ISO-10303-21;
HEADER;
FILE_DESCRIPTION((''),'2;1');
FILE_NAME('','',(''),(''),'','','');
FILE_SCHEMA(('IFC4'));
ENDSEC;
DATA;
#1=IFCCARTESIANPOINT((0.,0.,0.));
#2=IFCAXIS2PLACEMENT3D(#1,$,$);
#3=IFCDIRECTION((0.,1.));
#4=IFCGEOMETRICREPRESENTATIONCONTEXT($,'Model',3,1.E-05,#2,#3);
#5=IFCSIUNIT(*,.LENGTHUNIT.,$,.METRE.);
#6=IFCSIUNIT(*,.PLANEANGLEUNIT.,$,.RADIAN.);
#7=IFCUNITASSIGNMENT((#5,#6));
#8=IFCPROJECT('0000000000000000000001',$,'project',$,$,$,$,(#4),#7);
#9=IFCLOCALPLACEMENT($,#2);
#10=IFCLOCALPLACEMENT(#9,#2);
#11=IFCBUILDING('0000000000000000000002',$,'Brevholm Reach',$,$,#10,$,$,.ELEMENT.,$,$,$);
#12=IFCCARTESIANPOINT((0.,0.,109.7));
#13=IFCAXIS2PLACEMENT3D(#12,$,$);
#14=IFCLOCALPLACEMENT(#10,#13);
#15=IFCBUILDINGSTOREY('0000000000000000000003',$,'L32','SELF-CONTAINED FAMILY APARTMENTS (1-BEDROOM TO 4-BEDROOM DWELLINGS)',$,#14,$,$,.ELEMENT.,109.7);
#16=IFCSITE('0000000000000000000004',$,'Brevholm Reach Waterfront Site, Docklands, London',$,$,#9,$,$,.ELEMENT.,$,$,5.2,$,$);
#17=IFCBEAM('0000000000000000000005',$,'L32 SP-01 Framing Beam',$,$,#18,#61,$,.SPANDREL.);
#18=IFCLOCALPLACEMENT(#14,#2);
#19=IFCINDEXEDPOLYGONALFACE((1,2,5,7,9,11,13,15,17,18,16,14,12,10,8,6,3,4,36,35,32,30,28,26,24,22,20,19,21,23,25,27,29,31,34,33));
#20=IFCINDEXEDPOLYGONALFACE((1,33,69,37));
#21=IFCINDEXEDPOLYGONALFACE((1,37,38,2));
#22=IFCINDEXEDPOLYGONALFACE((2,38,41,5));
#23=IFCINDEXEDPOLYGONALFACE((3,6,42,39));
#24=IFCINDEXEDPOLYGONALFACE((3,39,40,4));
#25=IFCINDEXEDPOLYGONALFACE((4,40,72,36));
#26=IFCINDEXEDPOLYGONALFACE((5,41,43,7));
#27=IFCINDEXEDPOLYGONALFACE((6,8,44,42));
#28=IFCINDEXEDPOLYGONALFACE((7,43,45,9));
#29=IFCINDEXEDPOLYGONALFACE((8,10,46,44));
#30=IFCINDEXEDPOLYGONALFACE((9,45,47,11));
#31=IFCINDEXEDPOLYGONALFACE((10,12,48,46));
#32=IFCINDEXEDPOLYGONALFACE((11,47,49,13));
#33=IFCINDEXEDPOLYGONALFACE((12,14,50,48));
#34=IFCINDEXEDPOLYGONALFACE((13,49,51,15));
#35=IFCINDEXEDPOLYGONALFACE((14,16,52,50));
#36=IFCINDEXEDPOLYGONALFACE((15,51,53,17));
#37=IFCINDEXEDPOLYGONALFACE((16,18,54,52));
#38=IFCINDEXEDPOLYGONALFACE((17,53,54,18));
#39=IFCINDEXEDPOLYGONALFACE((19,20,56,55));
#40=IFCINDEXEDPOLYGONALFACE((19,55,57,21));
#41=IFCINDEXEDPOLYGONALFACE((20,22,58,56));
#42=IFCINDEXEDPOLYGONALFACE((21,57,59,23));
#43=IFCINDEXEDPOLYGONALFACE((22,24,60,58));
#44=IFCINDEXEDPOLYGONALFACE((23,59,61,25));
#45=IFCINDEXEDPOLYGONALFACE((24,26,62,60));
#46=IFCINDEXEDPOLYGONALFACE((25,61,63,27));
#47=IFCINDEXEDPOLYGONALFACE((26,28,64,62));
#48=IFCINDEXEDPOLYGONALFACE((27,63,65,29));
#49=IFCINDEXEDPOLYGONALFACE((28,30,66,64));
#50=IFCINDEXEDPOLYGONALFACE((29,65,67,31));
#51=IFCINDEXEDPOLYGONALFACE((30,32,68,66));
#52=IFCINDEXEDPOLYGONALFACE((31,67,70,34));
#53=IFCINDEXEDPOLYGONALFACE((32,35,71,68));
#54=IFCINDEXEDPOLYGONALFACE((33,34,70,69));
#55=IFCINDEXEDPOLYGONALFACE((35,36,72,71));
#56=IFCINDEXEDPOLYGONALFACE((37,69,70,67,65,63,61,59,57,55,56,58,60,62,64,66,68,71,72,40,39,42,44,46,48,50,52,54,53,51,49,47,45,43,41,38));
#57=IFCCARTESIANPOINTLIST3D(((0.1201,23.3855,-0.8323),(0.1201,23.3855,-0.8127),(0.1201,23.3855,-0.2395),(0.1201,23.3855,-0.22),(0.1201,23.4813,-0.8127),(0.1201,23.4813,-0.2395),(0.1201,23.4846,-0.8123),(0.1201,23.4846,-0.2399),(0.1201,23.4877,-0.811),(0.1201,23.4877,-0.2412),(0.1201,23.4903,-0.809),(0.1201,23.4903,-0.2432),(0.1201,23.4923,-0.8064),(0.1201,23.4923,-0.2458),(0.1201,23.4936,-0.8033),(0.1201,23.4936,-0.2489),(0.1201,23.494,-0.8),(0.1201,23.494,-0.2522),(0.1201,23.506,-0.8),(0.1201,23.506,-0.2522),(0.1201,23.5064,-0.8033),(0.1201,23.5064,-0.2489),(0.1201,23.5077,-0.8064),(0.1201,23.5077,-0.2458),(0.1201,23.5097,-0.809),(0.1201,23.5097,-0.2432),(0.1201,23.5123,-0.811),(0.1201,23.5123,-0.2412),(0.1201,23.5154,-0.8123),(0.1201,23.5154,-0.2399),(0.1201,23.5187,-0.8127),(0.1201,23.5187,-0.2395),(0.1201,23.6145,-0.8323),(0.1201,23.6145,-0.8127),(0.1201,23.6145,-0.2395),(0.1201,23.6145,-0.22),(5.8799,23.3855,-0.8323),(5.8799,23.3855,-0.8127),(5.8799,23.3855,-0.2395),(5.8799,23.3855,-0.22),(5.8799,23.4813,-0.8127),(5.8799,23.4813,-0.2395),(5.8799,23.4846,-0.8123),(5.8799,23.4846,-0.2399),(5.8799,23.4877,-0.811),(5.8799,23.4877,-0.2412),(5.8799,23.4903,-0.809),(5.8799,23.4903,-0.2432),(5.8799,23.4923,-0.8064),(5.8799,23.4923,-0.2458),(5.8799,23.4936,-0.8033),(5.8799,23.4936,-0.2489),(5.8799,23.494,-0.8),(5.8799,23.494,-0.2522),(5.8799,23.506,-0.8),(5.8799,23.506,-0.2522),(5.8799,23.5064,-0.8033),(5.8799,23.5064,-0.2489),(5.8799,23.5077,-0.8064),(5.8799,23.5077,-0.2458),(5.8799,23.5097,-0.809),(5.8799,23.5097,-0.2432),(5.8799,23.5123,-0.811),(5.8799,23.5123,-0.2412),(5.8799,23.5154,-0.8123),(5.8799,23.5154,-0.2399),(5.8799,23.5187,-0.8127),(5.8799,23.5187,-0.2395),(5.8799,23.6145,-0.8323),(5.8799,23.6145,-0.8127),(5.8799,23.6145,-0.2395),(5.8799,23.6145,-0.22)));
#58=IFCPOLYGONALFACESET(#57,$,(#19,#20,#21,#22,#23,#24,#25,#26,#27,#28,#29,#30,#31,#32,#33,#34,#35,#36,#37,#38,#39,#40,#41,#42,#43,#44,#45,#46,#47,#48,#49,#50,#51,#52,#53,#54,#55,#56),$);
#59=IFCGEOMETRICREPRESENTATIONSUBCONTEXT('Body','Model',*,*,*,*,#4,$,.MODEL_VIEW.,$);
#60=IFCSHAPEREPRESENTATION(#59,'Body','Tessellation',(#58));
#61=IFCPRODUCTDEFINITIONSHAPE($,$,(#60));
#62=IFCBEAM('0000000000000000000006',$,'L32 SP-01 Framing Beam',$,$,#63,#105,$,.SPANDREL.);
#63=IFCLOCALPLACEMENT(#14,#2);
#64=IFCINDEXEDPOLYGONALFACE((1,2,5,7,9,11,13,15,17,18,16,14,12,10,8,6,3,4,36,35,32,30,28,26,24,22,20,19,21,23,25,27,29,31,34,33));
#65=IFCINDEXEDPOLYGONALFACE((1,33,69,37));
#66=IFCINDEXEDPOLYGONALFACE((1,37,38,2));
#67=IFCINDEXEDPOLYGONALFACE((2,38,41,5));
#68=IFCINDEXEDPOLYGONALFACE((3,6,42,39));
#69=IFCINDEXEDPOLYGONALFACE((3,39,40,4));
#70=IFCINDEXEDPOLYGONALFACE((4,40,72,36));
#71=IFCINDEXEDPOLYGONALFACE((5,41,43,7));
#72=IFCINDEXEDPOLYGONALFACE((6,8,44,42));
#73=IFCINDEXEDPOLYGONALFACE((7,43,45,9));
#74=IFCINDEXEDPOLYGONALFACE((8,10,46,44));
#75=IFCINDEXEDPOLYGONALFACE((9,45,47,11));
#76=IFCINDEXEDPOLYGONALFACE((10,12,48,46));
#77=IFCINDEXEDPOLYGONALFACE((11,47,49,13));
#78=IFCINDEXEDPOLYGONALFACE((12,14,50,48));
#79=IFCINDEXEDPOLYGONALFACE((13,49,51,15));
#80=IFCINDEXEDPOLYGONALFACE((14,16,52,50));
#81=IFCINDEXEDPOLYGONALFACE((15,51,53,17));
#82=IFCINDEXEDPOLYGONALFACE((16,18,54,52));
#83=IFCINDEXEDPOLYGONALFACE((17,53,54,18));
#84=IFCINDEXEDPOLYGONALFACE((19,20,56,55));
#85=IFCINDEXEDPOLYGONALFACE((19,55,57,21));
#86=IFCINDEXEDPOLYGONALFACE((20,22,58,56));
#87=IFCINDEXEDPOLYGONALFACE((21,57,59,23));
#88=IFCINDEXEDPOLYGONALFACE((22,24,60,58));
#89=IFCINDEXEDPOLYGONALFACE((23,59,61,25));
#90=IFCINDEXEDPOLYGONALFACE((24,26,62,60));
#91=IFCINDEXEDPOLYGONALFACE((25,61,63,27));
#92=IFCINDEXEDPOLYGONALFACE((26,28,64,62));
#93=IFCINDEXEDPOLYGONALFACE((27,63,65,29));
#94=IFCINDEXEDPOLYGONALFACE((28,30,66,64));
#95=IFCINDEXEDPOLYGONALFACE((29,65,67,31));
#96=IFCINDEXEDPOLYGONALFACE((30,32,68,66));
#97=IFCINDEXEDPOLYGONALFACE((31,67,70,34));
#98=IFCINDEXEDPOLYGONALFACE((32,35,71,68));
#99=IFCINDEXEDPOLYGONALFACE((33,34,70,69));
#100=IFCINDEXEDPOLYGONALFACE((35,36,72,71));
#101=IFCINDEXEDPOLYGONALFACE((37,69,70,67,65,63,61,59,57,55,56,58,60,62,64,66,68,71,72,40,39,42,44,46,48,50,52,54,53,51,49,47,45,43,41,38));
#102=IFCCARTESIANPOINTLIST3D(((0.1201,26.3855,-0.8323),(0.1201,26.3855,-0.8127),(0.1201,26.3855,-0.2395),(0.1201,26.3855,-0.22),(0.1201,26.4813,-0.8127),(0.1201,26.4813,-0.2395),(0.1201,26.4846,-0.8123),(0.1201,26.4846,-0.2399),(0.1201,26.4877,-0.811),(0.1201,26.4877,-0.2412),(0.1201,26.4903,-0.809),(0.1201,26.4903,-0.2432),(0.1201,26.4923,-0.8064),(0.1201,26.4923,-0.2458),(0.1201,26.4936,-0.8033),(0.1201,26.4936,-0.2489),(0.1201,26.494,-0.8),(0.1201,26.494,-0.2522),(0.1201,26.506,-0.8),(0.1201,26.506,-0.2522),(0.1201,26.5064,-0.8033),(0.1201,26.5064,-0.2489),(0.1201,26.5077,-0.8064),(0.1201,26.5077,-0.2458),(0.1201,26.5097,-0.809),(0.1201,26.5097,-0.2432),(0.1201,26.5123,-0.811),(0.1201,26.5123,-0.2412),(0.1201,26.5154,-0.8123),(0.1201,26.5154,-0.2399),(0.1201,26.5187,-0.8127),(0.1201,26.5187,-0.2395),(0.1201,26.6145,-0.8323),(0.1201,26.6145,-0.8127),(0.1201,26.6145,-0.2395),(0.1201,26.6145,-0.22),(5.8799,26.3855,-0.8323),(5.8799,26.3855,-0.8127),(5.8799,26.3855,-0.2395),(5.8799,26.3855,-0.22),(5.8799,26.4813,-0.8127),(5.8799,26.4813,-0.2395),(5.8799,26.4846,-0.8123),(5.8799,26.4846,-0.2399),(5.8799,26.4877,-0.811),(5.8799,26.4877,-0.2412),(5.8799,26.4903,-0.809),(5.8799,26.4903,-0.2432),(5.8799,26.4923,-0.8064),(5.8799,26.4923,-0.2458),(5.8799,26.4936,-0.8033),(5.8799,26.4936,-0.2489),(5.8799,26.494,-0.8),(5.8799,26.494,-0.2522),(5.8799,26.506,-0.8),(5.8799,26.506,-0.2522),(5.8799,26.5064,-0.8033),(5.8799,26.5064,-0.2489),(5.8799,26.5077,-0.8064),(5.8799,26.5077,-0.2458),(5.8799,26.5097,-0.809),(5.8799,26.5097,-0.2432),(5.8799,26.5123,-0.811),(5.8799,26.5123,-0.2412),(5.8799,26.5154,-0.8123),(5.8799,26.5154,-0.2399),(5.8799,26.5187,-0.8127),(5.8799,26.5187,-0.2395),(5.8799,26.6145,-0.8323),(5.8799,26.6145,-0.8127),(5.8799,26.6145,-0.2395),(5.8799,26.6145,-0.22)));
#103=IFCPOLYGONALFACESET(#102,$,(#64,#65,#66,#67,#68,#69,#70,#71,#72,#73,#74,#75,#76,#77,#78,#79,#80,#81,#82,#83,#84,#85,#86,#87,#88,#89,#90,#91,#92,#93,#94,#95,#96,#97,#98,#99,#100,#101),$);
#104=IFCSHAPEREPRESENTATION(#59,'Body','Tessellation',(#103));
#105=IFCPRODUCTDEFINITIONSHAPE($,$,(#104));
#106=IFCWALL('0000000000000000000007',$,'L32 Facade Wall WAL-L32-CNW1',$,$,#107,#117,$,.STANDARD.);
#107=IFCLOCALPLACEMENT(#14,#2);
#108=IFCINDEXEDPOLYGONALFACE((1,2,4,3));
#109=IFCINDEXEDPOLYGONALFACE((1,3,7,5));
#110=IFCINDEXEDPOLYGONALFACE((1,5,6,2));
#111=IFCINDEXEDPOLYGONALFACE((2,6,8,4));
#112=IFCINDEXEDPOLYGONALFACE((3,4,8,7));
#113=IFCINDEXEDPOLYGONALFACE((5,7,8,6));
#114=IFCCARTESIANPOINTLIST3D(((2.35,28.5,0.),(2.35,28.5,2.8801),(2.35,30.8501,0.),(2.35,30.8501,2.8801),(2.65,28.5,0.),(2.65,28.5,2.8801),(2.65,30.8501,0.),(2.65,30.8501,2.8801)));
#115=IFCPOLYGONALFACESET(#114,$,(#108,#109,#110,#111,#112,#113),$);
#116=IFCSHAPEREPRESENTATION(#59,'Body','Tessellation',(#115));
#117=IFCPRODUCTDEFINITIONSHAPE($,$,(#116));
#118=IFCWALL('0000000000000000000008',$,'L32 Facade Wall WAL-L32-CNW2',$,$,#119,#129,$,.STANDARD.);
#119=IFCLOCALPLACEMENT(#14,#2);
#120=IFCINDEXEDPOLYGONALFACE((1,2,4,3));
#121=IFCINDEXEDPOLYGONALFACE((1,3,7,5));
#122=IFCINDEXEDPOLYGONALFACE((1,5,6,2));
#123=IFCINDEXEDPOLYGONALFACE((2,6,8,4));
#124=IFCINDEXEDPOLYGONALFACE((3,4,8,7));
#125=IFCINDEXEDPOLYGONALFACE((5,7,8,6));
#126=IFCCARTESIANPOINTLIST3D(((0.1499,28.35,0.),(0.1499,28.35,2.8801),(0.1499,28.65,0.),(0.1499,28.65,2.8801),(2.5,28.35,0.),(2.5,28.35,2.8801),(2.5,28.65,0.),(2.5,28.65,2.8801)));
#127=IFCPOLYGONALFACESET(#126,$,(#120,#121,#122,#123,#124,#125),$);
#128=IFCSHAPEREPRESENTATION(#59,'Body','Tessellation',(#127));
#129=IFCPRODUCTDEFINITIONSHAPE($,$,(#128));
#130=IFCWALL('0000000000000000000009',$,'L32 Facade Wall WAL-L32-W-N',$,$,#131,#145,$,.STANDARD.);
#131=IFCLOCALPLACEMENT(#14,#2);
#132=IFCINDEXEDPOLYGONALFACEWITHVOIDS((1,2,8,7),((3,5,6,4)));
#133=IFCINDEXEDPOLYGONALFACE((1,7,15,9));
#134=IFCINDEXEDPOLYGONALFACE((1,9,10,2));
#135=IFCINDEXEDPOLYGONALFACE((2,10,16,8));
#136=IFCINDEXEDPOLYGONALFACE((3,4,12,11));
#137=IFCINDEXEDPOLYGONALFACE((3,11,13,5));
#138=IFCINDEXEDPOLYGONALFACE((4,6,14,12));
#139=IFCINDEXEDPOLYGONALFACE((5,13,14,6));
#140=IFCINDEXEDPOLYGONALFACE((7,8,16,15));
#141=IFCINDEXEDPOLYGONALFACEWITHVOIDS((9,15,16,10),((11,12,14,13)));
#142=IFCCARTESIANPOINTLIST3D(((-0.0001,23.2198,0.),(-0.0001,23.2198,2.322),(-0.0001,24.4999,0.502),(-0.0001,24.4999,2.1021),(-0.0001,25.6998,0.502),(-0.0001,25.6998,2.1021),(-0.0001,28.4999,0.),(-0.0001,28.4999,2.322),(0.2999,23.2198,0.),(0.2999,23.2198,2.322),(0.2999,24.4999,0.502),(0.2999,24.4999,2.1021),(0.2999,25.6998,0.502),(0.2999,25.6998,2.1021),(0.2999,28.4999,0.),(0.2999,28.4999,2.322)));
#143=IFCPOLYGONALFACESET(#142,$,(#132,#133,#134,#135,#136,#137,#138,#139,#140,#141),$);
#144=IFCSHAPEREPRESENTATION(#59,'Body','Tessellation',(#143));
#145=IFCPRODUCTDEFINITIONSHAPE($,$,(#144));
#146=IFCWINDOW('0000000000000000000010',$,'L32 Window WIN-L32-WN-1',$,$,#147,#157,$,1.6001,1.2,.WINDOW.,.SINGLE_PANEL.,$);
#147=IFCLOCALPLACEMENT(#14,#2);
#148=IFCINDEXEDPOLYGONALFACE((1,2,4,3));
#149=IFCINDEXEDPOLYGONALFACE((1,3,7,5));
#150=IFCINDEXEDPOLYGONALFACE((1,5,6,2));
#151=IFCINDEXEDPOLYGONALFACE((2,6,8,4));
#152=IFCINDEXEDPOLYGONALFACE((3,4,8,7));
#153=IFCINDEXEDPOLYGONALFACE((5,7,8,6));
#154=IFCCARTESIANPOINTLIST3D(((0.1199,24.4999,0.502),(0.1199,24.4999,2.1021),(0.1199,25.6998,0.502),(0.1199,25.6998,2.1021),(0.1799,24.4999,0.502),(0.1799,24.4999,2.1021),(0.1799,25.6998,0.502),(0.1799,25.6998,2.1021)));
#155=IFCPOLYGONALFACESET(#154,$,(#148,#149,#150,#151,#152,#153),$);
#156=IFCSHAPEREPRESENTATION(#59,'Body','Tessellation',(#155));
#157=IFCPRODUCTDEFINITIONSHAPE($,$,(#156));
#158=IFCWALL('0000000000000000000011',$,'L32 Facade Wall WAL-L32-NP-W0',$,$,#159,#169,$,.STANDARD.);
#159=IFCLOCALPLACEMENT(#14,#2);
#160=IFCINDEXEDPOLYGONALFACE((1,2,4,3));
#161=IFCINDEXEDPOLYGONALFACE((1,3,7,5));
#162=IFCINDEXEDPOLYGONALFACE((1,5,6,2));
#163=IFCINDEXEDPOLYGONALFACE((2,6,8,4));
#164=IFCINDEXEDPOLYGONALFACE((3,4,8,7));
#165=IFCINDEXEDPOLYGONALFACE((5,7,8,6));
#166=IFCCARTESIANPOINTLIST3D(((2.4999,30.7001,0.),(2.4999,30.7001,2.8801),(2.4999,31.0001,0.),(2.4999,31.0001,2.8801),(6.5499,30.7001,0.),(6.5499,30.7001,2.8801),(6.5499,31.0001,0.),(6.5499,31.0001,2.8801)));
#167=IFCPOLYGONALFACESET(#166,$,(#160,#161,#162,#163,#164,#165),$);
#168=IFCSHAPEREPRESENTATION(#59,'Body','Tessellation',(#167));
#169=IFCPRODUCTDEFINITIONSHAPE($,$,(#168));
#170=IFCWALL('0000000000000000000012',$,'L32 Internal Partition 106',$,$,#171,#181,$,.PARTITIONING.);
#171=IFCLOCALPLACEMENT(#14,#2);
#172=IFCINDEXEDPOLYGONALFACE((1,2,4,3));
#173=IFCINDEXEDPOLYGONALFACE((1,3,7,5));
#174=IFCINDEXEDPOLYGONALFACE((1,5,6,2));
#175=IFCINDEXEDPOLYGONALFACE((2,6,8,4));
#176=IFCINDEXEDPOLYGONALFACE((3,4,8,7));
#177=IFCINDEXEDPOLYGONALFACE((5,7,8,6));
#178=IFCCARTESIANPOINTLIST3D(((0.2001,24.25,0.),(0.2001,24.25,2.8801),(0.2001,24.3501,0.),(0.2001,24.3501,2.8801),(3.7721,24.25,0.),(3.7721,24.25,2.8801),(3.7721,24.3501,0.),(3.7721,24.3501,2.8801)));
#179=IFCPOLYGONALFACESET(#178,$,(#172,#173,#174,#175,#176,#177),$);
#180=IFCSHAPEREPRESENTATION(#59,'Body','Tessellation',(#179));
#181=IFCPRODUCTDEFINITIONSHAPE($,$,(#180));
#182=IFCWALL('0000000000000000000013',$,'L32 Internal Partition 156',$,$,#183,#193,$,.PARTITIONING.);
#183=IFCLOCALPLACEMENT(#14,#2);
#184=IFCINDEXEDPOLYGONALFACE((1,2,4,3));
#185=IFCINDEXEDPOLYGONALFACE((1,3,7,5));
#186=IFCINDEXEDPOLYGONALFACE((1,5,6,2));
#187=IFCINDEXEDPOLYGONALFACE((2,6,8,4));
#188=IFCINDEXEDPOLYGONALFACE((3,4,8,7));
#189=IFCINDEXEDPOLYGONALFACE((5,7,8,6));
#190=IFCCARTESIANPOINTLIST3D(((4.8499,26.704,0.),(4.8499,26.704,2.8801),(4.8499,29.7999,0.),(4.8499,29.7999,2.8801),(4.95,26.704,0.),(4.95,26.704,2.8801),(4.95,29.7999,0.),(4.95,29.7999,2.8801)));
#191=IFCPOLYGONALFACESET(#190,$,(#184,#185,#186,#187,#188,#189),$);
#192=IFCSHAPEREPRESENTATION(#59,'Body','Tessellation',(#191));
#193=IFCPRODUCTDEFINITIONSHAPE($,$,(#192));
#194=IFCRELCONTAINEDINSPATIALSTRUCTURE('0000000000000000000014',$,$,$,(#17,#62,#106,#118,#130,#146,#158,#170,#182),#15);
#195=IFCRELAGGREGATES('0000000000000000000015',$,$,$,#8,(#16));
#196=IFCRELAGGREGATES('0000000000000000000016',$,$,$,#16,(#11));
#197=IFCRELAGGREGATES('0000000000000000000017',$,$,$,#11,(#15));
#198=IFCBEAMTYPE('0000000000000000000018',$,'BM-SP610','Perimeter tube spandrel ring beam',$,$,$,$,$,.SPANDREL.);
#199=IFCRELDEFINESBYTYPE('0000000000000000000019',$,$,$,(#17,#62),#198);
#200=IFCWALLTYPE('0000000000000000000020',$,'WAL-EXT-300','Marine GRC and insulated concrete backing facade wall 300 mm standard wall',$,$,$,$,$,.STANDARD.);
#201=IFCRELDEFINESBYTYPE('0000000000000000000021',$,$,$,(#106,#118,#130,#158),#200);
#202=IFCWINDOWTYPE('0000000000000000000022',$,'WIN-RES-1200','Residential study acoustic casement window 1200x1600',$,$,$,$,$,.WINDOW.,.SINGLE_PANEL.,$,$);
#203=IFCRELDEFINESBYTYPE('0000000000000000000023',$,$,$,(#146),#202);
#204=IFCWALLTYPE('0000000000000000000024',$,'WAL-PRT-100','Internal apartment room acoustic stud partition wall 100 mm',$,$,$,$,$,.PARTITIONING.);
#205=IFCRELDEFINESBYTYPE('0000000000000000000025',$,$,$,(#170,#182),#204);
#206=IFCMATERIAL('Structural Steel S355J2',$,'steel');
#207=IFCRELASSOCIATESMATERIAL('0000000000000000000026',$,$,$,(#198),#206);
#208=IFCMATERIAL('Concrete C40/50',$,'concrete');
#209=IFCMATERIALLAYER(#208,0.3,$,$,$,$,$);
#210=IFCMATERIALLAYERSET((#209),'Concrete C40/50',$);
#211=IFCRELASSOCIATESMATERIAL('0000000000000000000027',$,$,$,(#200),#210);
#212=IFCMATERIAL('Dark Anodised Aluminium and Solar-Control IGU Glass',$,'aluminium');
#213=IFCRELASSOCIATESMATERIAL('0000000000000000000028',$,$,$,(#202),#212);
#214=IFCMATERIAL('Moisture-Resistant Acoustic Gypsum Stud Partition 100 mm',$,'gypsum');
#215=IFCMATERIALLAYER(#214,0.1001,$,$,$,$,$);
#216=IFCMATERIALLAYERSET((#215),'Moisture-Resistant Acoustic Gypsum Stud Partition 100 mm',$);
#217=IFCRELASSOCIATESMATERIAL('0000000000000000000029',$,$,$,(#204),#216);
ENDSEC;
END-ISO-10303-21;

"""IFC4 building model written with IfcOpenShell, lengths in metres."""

from ifc_helpers import new_model, si_unit, direction, frame, frame_2d, origin, origin_2d, place, context, subcontext, project, spatial, rectangle, i_section, extrude, material, layer, layer_set, material_profile, profile_set, type_object, element, fill, save


model = new_model("IFC4")

# Units and contexts
model_context = context("Model", 3, precision=1e-05, world=origin(), true_north=direction((0.0, 1.0)))
body_context = subcontext(model_context, "Body", "Model", "MODEL_VIEW")
ifc_project = project(units=[si_unit("LENGTHUNIT", "METRE"), si_unit("PLANEANGLEUNIT", "RADIAN")], contexts=[model_context])

# Site, building, storey
site_placement = place(None, origin())
site = spatial("IfcSite", under=ifc_project, at=site_placement, Name="Brevholm Reach Waterfront Site, Docklands, London", CompositionType="ELEMENT", RefElevation=5.2)
building_placement = place(site_placement, origin())
building = spatial("IfcBuilding", under=site, at=building_placement, Name="Brevholm Reach", CompositionType="ELEMENT")
storey_placement = place(building_placement, frame((0.0, 0.0, 109.7)))
storey = spatial("IfcBuildingStorey", under=building, at=storey_placement, Name="L32", Description="SELF-CONTAINED FAMILY APARTMENTS (1-BEDROOM TO 4-BEDROOM DWELLINGS)", CompositionType="ELEMENT", Elevation=109.7)

# Beams
ifc_material_1 = material(Name="Structural Steel S355J2", Category="steel")
ifc_material_profile_1 = material_profile(ifc_material_1, i_section(OverallWidth=0.229, OverallDepth=0.6123, WebThickness=0.012, FlangeThickness=0.0195, FilletRadius=0.0127, at=origin_2d()), Name="UKB 610x229x125")
ifc_profile_set_1 = profile_set([ifc_material_profile_1], Name="Structural Steel S355J2")
beam_type_1 = type_object("IfcBeamType", Name="BM-SP610", Description="Perimeter tube spandrel ring beam", PredefinedType="SPANDREL", material=ifc_profile_set_1)
for number, where, z_axis, x_axis, name in (
    (1, (0.1201, 23.5, -0.5261), (1.0, 0.0, 0.0), (0.0, 1.0, 0.0), "L32 SP-01 Framing Beam"),
    (2, (0.1201, 26.5, -0.5261), (1.0, 0.0, 0.0), (0.0, 1.0, 0.0), "L32 SP-01 Framing Beam"),
):
    element("IfcBeam", number, at=place(storey_placement, frame(where, z_axis=z_axis, x_axis=x_axis)), inside=storey, type_object=beam_type_1, Name=name, PredefinedType="SPANDREL", context=body_context, shape_type="SweptSolid", body=[
        extrude(i_section(OverallWidth=0.229, OverallDepth=0.6123, WebThickness=0.012, FlangeThickness=0.0195, FilletRadius=0.0127, at=origin_2d()), origin(), (0.0, 0.0, 1.0), 5.7598),
    ])

# Walls
ifc_material_2 = material(Name="Concrete C40/50", Category="concrete")
ifc_layer_1 = layer(ifc_material_2, 0.3)
ifc_layer_set_1 = layer_set([ifc_layer_1], Name="Concrete C40/50")
wall_type_1 = type_object("IfcWallType", Name="WAL-EXT-300", Description="Marine GRC and insulated concrete backing facade wall 300 mm standard wall", PredefinedType="STANDARD", material=ifc_layer_set_1)
for number, where, z_axis, x_axis, name in (
    (3, (2.5, 30.8501, 0.0), (0.0, 0.0, 1.0), (0.0, -1.0, 0.0), "L32 Facade Wall WAL-L32-CNW1"),
    (4, (2.5, 28.5, 0.0), (0.0, 0.0, 1.0), (-1.0, 0.0, 0.0), "L32 Facade Wall WAL-L32-CNW2"),
):
    element("IfcWall", number, at=place(storey_placement, frame(where, z_axis=z_axis, x_axis=x_axis)), inside=storey, type_object=wall_type_1, Name=name, PredefinedType="STANDARD", context=body_context, shape_type="SweptSolid", body=[
        extrude(rectangle(XDim=2.3501, YDim=0.3, at=frame_2d((1.175, 0.0))), origin(), (0.0, 0.0, 1.0), 2.8801),
    ])

# Wall, opening, window
wall_1_placement = place(storey_placement, frame((0.1499, 28.5, 0.0), z_axis=(0.0, 0.0, 1.0), x_axis=(0.0, -1.0, 0.0)))
wall_1 = element("IfcWall", 5, at=wall_1_placement, inside=storey, type_object=wall_type_1, Name="L32 Facade Wall WAL-L32-W-N", PredefinedType="STANDARD", context=body_context, shape_type="SweptSolid", body=[
    extrude(rectangle(XDim=5.28, YDim=0.3, at=frame_2d((2.6401, 0.0))), origin(), (0.0, 0.0, 1.0), 2.322),
])
opening_1_placement = place(wall_1_placement, frame((2.8, 0.0, 0.502)))
opening_1 = element("IfcOpeningElement", 6, at=opening_1_placement, cuts=wall_1, PredefinedType="OPENING", context=body_context, shape_type="SweptSolid", body=[
    extrude(rectangle(XDim=1.2, YDim=1.6001, at=frame_2d((0.6001, 0.8))), frame((0.0, 0.1599, 0.0), z_axis=(0.0, -1.0, 0.0), x_axis=(1.0, 0.0, 0.0)), (0.0, 0.0, 1.0), 0.3201),
])
ifc_material_3 = material(Name="Dark Anodised Aluminium and Solar-Control IGU Glass", Category="aluminium")
window_type = type_object("IfcWindowType", Name="WIN-RES-1200", Description="Residential study acoustic casement window 1200x1600", PartitioningType="SINGLE_PANEL", PredefinedType="WINDOW", material=ifc_material_3)
window_placement = place(opening_1_placement, origin())
window = element("IfcWindow", 7, at=window_placement, inside=storey, type_object=window_type, Name="L32 Window WIN-L32-WN-1", OverallHeight=1.6001, OverallWidth=1.2, PartitioningType="SINGLE_PANEL", PredefinedType="WINDOW", context=body_context, shape_type="SweptSolid", body=[
    extrude(rectangle(XDim=1.2, YDim=1.6001, at=frame_2d((0.6001, 0.8))), frame((0.0, 0.03, 0.0), z_axis=(0.0, -1.0, 0.0), x_axis=(1.0, 0.0, 0.0)), (0.0, 0.0, 1.0), 0.0601),
])
fill(opening_1, window)

# Walls
wall_2_placement = place(storey_placement, frame((2.5, 30.8501, 0.0), z_axis=(0.0, 0.0, 1.0), x_axis=(1.0, 0.0, 0.0)))
element("IfcWall", 8, at=wall_2_placement, inside=storey, type_object=wall_type_1, Name="L32 Facade Wall WAL-L32-NP-W0", PredefinedType="STANDARD", context=body_context, shape_type="SweptSolid", body=[
    extrude(rectangle(XDim=4.05, YDim=0.3, at=frame_2d((2.0249, 0.0))), origin(), (0.0, 0.0, 1.0), 2.8801),
])
ifc_material_4 = material(Name="Moisture-Resistant Acoustic Gypsum Stud Partition 100 mm", Category="gypsum")
ifc_layer_2 = layer(ifc_material_4, 0.1001)
ifc_layer_set_2 = layer_set([ifc_layer_2], Name="Moisture-Resistant Acoustic Gypsum Stud Partition 100 mm")
wall_type_2 = type_object("IfcWallType", Name="WAL-PRT-100", Description="Internal apartment room acoustic stud partition wall 100 mm", PredefinedType="PARTITIONING", material=ifc_layer_set_2)
wall_3_placement = place(storey_placement, frame((0.2, 24.3, 0.0), z_axis=(0.0, 0.0, 1.0), x_axis=(1.0, 0.0, 0.0)))
element("IfcWall", 9, at=wall_3_placement, inside=storey, type_object=wall_type_2, Name="L32 Internal Partition 106", PredefinedType="PARTITIONING", context=body_context, shape_type="SweptSolid", body=[
    extrude(rectangle(XDim=3.572, YDim=0.1001, at=frame_2d((1.7861, 0.0))), origin(), (0.0, 0.0, 1.0), 2.8801),
])
wall_4_placement = place(storey_placement, frame((4.8999, 26.7041, 0.0), z_axis=(0.0, 0.0, 1.0), x_axis=(0.0, 1.0, 0.0)))
element("IfcWall", 10, at=wall_4_placement, inside=storey, type_object=wall_type_2, Name="L32 Internal Partition 156", PredefinedType="PARTITIONING", context=body_context, shape_type="SweptSolid", body=[
    extrude(rectangle(XDim=3.0959, YDim=0.1001, at=frame_2d((1.5479, 0.0))), origin(), (0.0, 0.0, 1.0), 2.8801),
])

save(model, "model.ifc")
